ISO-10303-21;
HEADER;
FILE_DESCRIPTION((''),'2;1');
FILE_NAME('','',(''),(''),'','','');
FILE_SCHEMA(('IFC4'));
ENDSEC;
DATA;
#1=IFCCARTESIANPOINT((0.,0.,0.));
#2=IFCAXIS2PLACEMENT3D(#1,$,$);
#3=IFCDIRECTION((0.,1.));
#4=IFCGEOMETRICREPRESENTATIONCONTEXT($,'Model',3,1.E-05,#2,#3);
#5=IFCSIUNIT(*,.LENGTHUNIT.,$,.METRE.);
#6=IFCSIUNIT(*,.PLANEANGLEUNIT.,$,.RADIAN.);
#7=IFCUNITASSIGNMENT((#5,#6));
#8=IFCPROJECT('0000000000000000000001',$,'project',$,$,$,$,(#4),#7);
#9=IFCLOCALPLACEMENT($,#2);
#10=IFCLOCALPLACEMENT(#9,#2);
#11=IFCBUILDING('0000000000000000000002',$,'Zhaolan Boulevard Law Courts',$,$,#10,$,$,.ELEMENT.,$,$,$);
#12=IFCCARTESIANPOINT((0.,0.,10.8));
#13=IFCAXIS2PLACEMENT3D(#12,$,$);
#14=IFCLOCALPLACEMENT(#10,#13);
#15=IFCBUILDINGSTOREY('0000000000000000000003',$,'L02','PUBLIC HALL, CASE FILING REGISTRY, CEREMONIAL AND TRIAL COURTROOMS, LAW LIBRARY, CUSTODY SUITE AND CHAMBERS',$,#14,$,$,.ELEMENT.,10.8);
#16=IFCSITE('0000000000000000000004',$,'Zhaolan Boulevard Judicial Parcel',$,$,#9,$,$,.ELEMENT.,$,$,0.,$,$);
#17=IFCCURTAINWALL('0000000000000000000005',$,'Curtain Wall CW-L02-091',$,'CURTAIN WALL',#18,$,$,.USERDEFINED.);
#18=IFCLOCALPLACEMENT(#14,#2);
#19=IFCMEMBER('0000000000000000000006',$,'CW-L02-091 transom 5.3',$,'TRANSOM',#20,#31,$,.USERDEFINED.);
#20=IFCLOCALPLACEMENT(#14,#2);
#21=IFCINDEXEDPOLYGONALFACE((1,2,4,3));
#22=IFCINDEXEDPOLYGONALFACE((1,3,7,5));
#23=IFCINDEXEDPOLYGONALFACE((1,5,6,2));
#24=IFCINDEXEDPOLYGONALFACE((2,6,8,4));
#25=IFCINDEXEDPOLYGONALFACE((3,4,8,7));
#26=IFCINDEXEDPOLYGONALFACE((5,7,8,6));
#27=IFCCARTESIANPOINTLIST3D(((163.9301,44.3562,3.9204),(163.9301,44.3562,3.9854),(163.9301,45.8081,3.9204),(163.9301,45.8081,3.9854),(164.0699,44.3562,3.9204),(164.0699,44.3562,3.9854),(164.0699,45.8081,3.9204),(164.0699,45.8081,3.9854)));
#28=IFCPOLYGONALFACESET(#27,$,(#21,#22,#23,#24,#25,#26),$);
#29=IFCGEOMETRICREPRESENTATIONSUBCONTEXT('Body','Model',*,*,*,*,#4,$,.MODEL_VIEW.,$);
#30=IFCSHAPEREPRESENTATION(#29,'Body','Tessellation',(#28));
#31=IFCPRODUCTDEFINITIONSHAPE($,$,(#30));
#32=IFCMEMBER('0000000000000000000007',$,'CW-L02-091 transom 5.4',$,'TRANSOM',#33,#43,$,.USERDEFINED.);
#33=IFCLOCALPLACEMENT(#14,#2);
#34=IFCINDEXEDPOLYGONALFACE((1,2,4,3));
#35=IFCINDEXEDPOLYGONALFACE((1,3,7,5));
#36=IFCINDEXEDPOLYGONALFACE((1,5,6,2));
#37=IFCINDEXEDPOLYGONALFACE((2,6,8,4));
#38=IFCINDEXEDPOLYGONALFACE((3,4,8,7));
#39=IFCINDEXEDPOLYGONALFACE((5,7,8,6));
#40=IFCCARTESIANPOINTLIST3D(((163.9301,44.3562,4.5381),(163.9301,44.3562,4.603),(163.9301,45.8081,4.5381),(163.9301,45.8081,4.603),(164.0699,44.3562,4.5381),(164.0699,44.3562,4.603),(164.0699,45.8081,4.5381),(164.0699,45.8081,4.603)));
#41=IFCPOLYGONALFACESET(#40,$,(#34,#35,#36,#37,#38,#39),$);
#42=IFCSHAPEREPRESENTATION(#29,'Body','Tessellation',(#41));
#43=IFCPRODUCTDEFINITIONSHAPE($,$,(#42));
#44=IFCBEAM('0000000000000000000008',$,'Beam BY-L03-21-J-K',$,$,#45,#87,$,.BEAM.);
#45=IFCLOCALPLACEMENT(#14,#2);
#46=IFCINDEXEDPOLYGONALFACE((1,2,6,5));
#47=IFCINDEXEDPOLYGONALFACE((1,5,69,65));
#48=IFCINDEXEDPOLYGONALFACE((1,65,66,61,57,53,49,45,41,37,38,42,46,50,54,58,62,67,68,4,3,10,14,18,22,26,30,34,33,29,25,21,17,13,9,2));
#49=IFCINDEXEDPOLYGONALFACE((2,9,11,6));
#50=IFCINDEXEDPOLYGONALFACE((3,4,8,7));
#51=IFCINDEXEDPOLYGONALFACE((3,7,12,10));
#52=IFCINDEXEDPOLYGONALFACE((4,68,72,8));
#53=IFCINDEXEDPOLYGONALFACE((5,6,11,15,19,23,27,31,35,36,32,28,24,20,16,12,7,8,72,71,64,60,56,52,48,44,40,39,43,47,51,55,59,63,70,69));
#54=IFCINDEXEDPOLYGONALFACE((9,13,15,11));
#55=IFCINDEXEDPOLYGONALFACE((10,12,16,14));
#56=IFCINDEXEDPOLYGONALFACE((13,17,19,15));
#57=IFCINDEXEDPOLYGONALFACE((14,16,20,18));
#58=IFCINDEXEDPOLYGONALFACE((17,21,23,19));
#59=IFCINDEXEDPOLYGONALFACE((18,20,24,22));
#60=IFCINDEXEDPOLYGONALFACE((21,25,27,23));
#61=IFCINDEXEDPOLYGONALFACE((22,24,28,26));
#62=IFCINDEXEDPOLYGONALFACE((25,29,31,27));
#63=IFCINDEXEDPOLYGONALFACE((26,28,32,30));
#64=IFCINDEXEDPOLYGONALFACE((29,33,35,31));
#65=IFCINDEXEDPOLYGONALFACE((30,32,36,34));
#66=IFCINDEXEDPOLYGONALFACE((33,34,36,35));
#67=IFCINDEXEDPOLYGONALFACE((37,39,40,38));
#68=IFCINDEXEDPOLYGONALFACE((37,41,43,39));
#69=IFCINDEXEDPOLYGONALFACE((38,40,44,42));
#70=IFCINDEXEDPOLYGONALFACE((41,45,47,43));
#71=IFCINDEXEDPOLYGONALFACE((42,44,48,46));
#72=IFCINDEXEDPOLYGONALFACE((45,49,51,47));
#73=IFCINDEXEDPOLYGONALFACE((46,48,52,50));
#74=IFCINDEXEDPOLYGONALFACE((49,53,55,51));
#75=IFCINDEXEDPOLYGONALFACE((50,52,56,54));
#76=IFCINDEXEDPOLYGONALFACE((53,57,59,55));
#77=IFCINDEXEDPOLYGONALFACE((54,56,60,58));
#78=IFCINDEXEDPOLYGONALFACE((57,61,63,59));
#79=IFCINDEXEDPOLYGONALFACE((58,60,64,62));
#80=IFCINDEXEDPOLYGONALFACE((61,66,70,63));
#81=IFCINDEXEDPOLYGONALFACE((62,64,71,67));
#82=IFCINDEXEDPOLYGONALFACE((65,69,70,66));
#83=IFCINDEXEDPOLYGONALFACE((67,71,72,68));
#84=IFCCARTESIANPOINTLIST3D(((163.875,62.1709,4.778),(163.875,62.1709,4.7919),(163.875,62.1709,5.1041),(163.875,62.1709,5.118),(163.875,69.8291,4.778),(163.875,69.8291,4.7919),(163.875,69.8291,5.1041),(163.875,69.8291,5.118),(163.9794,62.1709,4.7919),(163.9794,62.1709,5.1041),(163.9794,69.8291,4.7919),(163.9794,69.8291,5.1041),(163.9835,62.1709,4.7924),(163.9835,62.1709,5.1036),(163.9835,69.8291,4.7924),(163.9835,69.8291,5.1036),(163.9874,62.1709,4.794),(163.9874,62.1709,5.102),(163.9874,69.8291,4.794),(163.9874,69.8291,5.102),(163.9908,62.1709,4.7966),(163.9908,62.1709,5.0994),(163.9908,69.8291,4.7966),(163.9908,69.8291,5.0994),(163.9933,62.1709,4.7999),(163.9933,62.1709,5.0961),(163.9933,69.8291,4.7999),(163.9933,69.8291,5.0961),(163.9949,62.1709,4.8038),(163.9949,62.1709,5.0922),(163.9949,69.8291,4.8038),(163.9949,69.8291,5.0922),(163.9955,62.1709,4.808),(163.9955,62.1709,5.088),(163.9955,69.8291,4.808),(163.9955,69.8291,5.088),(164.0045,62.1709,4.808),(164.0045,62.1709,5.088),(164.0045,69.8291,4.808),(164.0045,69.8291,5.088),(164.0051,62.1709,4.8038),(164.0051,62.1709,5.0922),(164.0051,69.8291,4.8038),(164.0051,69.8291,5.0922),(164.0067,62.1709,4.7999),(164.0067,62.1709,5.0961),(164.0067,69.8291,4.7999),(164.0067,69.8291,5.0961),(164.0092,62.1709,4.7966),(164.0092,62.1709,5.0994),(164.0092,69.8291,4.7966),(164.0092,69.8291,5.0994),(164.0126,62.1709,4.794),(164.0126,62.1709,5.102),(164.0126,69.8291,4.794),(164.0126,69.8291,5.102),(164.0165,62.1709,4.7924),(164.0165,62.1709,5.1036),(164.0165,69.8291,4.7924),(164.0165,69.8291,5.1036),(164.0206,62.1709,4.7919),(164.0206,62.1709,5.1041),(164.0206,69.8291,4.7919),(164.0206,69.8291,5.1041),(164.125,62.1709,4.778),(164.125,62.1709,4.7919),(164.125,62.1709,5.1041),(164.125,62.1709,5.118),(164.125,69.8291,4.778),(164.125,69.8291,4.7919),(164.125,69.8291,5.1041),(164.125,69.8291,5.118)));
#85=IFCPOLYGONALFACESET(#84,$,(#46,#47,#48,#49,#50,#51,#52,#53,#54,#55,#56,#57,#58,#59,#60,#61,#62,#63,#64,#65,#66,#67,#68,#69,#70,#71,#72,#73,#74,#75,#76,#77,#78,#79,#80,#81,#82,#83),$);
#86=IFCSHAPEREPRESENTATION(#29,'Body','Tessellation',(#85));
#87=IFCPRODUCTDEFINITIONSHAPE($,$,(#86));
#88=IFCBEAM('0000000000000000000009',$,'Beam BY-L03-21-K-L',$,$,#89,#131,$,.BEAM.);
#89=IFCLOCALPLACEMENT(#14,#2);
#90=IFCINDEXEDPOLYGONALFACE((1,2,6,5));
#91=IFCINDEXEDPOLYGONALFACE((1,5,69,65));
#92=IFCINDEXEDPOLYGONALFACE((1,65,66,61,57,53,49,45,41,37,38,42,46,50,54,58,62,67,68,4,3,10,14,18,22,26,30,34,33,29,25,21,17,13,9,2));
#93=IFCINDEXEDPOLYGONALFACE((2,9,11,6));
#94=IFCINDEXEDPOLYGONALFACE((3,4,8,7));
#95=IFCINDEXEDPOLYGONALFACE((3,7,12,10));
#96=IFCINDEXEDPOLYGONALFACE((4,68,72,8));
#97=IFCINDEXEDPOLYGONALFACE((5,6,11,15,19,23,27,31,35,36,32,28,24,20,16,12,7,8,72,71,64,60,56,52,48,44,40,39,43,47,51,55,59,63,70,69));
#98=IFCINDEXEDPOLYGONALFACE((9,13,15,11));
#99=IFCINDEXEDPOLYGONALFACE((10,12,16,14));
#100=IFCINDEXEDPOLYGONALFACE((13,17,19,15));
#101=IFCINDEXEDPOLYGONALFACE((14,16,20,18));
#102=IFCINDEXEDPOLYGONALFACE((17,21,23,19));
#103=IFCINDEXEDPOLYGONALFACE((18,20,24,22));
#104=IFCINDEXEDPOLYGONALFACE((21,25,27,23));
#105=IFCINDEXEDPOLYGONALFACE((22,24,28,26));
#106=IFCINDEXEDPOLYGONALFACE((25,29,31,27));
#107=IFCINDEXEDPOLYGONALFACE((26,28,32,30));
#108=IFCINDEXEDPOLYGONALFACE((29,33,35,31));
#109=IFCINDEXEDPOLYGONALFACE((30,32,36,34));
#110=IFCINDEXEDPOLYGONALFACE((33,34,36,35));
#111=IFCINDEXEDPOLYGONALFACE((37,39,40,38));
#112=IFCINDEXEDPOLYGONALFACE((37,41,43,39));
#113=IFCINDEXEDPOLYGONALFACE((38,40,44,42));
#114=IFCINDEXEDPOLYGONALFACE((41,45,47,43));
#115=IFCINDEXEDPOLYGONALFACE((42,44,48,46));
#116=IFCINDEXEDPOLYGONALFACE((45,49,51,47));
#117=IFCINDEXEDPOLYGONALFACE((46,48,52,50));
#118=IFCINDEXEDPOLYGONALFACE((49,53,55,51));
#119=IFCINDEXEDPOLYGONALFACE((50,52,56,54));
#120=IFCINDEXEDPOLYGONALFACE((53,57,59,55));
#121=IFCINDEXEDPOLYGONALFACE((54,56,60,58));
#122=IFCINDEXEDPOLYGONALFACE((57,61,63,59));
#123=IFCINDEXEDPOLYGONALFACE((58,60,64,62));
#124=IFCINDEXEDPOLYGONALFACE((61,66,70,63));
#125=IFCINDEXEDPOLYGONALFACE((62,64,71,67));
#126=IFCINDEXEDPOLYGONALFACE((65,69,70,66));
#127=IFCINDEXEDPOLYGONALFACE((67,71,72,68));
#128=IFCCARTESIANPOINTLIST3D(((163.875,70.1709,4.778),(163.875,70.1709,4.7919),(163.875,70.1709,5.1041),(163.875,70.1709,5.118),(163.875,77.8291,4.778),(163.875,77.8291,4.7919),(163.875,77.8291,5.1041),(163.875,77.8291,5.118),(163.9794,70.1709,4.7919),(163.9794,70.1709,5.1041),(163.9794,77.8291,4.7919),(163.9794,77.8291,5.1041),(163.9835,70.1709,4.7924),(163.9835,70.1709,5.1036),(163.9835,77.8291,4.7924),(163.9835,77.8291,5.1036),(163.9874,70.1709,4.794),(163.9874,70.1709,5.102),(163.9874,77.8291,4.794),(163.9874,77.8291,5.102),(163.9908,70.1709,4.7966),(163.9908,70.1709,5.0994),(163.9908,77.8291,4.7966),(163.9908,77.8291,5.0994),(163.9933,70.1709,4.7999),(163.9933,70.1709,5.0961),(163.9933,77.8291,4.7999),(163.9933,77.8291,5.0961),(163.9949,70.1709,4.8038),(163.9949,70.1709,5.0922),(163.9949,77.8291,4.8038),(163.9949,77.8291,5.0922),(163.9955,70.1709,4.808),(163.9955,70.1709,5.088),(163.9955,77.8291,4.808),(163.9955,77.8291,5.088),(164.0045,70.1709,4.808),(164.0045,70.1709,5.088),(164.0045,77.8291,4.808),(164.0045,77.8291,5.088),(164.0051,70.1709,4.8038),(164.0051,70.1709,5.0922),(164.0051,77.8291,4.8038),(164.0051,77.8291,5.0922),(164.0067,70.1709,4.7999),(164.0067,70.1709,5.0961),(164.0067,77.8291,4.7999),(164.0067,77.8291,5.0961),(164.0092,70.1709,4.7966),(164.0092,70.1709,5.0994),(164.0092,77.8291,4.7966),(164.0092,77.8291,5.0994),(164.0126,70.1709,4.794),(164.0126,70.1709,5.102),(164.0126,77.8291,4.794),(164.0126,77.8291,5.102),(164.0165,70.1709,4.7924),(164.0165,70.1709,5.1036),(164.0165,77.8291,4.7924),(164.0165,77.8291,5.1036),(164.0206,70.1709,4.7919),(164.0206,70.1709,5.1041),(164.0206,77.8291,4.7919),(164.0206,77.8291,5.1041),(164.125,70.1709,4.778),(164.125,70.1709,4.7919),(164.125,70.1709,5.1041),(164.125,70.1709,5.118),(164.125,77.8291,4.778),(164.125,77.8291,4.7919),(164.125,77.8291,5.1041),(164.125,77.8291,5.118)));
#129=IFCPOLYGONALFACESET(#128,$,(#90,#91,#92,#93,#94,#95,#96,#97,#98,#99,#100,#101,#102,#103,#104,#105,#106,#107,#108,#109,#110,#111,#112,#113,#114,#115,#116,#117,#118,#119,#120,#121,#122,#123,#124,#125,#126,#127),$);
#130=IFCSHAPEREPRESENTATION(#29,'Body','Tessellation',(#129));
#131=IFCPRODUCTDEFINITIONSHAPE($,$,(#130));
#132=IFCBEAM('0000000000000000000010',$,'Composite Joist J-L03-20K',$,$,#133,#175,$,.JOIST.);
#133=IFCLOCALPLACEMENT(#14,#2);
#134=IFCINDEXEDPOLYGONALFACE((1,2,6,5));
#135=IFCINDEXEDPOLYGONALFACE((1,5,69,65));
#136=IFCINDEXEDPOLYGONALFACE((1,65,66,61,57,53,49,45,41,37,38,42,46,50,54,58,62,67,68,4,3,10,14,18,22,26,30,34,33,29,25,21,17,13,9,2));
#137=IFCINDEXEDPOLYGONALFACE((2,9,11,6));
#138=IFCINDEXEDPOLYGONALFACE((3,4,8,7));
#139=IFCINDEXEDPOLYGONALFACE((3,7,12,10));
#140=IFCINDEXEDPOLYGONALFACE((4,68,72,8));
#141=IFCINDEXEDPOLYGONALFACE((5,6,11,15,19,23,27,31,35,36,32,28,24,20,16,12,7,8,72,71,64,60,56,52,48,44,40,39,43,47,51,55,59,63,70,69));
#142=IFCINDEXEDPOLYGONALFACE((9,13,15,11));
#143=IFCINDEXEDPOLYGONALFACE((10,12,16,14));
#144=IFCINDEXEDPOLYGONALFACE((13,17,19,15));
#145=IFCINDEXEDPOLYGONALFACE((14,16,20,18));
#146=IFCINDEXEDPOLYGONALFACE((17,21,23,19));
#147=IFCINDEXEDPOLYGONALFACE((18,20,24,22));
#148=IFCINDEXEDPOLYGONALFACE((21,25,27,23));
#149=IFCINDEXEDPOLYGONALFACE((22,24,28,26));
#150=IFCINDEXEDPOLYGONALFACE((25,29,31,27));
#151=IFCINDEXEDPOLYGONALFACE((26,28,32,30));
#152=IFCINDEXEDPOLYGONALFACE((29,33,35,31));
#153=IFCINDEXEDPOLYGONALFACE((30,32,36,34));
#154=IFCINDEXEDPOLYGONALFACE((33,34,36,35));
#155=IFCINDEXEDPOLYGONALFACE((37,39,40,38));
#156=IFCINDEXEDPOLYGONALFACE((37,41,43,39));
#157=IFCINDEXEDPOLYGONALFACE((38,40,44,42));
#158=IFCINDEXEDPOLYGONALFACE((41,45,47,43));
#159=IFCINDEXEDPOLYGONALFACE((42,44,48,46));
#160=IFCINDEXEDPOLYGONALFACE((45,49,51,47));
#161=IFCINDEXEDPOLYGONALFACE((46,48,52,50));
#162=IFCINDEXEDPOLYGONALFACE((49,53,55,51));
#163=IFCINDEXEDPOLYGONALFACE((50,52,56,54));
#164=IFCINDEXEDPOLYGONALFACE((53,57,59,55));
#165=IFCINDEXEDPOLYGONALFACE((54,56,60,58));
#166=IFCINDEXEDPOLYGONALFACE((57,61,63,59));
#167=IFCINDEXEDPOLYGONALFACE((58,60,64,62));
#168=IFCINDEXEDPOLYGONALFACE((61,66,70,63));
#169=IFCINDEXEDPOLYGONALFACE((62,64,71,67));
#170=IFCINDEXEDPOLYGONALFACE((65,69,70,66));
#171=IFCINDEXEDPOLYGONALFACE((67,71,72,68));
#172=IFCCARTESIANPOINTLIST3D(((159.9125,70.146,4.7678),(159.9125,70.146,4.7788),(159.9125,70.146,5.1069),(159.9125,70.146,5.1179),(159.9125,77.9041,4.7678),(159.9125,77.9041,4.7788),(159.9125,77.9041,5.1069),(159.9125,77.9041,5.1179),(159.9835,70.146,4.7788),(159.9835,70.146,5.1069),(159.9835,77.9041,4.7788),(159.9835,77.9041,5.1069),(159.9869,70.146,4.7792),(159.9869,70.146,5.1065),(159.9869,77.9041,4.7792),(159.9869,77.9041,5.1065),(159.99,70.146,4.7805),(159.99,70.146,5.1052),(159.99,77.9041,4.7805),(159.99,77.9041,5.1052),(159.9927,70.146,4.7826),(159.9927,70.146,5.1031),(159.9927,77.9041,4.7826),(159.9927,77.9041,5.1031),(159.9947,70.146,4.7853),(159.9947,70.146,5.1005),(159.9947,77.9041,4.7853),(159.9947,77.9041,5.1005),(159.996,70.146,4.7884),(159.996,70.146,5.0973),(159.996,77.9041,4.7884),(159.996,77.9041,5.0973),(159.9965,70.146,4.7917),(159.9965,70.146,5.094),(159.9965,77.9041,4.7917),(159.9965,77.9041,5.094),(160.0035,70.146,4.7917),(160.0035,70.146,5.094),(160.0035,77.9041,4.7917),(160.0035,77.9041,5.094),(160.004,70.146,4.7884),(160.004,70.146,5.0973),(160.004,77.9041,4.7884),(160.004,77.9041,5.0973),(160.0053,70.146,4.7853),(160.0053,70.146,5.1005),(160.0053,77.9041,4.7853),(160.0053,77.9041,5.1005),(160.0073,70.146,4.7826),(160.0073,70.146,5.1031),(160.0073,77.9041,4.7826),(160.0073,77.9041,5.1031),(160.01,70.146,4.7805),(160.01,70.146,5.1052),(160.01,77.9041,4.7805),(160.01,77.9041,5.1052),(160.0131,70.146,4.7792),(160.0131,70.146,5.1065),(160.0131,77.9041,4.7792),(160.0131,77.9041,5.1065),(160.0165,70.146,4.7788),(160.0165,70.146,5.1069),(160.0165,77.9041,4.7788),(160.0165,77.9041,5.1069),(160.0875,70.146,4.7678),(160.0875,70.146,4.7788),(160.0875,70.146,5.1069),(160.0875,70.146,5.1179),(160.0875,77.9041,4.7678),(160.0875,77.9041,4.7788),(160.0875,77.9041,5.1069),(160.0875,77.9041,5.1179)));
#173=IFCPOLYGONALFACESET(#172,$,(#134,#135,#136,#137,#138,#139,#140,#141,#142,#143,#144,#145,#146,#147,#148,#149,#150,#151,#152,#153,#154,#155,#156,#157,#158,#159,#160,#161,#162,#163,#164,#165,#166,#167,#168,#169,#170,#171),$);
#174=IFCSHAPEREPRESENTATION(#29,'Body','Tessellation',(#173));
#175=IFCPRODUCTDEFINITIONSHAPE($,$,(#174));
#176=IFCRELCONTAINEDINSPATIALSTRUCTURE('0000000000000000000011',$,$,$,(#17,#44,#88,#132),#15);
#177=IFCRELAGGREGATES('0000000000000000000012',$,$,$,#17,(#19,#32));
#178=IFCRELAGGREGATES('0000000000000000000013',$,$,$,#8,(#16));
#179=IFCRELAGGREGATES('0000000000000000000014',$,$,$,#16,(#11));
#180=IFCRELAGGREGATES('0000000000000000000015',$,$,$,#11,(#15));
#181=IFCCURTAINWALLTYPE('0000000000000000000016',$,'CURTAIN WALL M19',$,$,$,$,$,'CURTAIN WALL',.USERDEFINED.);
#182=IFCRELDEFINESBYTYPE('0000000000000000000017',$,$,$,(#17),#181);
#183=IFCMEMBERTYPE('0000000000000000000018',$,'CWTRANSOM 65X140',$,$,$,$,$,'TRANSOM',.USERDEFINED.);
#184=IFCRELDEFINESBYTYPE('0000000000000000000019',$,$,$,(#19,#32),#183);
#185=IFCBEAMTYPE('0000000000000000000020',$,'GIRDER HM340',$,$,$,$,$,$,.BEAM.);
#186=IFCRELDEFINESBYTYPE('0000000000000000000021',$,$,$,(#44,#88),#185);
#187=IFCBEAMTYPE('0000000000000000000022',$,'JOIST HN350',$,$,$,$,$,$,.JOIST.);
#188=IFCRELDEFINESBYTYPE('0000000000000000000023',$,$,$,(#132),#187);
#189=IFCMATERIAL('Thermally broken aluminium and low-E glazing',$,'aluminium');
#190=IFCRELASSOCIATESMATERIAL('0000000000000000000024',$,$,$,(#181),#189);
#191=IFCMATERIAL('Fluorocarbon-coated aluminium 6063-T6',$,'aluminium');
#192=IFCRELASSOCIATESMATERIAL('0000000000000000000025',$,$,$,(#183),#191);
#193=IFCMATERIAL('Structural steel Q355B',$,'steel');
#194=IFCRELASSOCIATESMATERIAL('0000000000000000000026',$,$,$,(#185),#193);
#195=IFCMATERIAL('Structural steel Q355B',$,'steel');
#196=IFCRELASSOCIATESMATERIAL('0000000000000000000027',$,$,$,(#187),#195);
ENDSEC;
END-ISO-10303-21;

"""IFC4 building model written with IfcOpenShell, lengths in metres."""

from ifc_helpers import new_model, si_unit, direction, frame, origin, origin_2d, place, context, subcontext, project, spatial, rectangle, i_section, extrude, material, material_profile, profile_set, type_object, element, aggregate, save


model = new_model("IFC4")

# Units and contexts
model_context = context("Model", 3, precision=1e-05, world=origin(), true_north=direction((0.0, 1.0)))
body_context = subcontext(model_context, "Body", "Model", "MODEL_VIEW")
ifc_project = project(units=[si_unit("LENGTHUNIT", "METRE"), si_unit("PLANEANGLEUNIT", "RADIAN")], contexts=[model_context])

# Site, building, storey
site_placement = place(None, origin())
site = spatial("IfcSite", under=ifc_project, at=site_placement, Name="Zhaolan Boulevard Judicial Parcel", CompositionType="ELEMENT", RefElevation=0.0)
building_placement = place(site_placement, origin())
building = spatial("IfcBuilding", under=site, at=building_placement, Name="Zhaolan Boulevard Law Courts", CompositionType="ELEMENT")
storey_placement = place(building_placement, frame((0.0, 0.0, 10.8)))
storey = spatial("IfcBuildingStorey", under=building, at=storey_placement, Name="L02", Description="PUBLIC HALL, CASE FILING REGISTRY, CEREMONIAL AND TRIAL COURTROOMS, LAW LIBRARY, CUSTODY SUITE AND CHAMBERS", CompositionType="ELEMENT", Elevation=10.8)

# Curtain wall, members
ifc_material_1 = material(Name="Thermally broken aluminium and low-E glazing", Category="aluminium")
curtain_wall_type = type_object("IfcCurtainWallType", Name="CURTAIN WALL M19", ElementType="CURTAIN WALL", PredefinedType="USERDEFINED", material=ifc_material_1)
curtain_wall_placement = place(storey_placement, origin())
curtain_wall = element("IfcCurtainWall", 1, at=curtain_wall_placement, inside=storey, type_object=curtain_wall_type, Name="Curtain Wall CW-L02-091", ObjectType="CURTAIN WALL", PredefinedType="USERDEFINED")
ifc_material_2 = material(Name="Fluorocarbon-coated aluminium 6063-T6", Category="aluminium")
ifc_material_profile_1 = material_profile(ifc_material_2, rectangle(XDim=0.1399, YDim=0.0649, at=origin_2d()), Name="AL65x140")
ifc_profile_set_1 = profile_set([ifc_material_profile_1], Name="Fluorocarbon-coated aluminium 6063-T6")
member_type_1 = type_object("IfcMemberType", Name="CWTRANSOM 65X140", ElementType="TRANSOM", PredefinedType="USERDEFINED", material=ifc_profile_set_1)
member_1_placement = place(storey_placement, frame((164.0, 44.3562, 3.9529), z_axis=(0.0, 1.0, 0.0), x_axis=(-1.0, 0.0, 0.0)))
member_1 = element("IfcMember", 2, at=member_1_placement, type_object=member_type_1, Name="CW-L02-091 transom 5.3", ObjectType="TRANSOM", PredefinedType="USERDEFINED", context=body_context, shape_type="SweptSolid", body=[
    extrude(rectangle(XDim=0.1399, YDim=0.0649, at=origin_2d()), origin(), (0.0, 0.0, 1.0), 1.4519),
])
member_2_placement = place(storey_placement, frame((164.0, 44.3562, 4.5706), z_axis=(0.0, 1.0, 0.0), x_axis=(-1.0, 0.0, 0.0)))
member_2 = element("IfcMember", 3, at=member_2_placement, type_object=member_type_1, Name="CW-L02-091 transom 5.4", ObjectType="TRANSOM", PredefinedType="USERDEFINED", context=body_context, shape_type="SweptSolid", body=[
    extrude(rectangle(XDim=0.1399, YDim=0.0649, at=origin_2d()), origin(), (0.0, 0.0, 1.0), 1.4519),
])

# Beams
ifc_material_3 = material(Name="Structural steel Q355B", Category="steel")
ifc_material_profile_2 = material_profile(ifc_material_3, i_section(OverallWidth=0.25, OverallDepth=0.3401, WebThickness=0.009, FlangeThickness=0.0139, FilletRadius=0.0161, at=origin_2d()), Name="HM340x250")
ifc_profile_set_2 = profile_set([ifc_material_profile_2], Name="Structural steel Q355B")
beam_type_1 = type_object("IfcBeamType", Name="GIRDER HM340", PredefinedType="BEAM", material=ifc_profile_set_2)
for number, where, z_axis, x_axis, name in (
    (4, (164.0, 62.1709, 4.948), (0.0, 1.0, 0.0), (-1.0, 0.0, 0.0), "Beam BY-L03-21-J-K"),
    (5, (164.0, 70.1709, 4.948), (0.0, 1.0, 0.0), (-1.0, 0.0, 0.0), "Beam BY-L03-21-K-L"),
):
    element("IfcBeam", number, at=place(storey_placement, frame(where, z_axis=z_axis, x_axis=x_axis)), inside=storey, type_object=beam_type_1, Name=name, PredefinedType="BEAM", context=body_context, shape_type="SweptSolid", body=[
        extrude(i_section(OverallWidth=0.25, OverallDepth=0.3401, WebThickness=0.009, FlangeThickness=0.0139, FilletRadius=0.0161, at=origin_2d()), origin(), (0.0, 0.0, 1.0), 7.6582),
    ])
ifc_material_4 = material(Name="Structural steel Q355B", Category="steel")
ifc_material_profile_3 = material_profile(ifc_material_4, i_section(OverallWidth=0.175, OverallDepth=0.3501, WebThickness=0.0071, FlangeThickness=0.011, FilletRadius=0.0129, at=origin_2d()), Name="HN350x175")
ifc_profile_set_3 = profile_set([ifc_material_profile_3], Name="Structural steel Q355B")
beam_type_2 = type_object("IfcBeamType", Name="JOIST HN350", PredefinedType="JOIST", material=ifc_profile_set_3)
beam_1_placement = place(storey_placement, frame((160.0, 70.146, 4.9429), z_axis=(0.0, 1.0, 0.0), x_axis=(-1.0, 0.0, 0.0)))
element("IfcBeam", 6, at=beam_1_placement, inside=storey, type_object=beam_type_2, Name="Composite Joist J-L03-20K", PredefinedType="JOIST", context=body_context, shape_type="SweptSolid", body=[
    extrude(i_section(OverallWidth=0.175, OverallDepth=0.3501, WebThickness=0.0071, FlangeThickness=0.011, FilletRadius=0.0129, at=origin_2d()), origin(), (0.0, 0.0, 1.0), 7.7581),
])

aggregate(curtain_wall, [member_1, member_2])

save(model, "model.ifc")
